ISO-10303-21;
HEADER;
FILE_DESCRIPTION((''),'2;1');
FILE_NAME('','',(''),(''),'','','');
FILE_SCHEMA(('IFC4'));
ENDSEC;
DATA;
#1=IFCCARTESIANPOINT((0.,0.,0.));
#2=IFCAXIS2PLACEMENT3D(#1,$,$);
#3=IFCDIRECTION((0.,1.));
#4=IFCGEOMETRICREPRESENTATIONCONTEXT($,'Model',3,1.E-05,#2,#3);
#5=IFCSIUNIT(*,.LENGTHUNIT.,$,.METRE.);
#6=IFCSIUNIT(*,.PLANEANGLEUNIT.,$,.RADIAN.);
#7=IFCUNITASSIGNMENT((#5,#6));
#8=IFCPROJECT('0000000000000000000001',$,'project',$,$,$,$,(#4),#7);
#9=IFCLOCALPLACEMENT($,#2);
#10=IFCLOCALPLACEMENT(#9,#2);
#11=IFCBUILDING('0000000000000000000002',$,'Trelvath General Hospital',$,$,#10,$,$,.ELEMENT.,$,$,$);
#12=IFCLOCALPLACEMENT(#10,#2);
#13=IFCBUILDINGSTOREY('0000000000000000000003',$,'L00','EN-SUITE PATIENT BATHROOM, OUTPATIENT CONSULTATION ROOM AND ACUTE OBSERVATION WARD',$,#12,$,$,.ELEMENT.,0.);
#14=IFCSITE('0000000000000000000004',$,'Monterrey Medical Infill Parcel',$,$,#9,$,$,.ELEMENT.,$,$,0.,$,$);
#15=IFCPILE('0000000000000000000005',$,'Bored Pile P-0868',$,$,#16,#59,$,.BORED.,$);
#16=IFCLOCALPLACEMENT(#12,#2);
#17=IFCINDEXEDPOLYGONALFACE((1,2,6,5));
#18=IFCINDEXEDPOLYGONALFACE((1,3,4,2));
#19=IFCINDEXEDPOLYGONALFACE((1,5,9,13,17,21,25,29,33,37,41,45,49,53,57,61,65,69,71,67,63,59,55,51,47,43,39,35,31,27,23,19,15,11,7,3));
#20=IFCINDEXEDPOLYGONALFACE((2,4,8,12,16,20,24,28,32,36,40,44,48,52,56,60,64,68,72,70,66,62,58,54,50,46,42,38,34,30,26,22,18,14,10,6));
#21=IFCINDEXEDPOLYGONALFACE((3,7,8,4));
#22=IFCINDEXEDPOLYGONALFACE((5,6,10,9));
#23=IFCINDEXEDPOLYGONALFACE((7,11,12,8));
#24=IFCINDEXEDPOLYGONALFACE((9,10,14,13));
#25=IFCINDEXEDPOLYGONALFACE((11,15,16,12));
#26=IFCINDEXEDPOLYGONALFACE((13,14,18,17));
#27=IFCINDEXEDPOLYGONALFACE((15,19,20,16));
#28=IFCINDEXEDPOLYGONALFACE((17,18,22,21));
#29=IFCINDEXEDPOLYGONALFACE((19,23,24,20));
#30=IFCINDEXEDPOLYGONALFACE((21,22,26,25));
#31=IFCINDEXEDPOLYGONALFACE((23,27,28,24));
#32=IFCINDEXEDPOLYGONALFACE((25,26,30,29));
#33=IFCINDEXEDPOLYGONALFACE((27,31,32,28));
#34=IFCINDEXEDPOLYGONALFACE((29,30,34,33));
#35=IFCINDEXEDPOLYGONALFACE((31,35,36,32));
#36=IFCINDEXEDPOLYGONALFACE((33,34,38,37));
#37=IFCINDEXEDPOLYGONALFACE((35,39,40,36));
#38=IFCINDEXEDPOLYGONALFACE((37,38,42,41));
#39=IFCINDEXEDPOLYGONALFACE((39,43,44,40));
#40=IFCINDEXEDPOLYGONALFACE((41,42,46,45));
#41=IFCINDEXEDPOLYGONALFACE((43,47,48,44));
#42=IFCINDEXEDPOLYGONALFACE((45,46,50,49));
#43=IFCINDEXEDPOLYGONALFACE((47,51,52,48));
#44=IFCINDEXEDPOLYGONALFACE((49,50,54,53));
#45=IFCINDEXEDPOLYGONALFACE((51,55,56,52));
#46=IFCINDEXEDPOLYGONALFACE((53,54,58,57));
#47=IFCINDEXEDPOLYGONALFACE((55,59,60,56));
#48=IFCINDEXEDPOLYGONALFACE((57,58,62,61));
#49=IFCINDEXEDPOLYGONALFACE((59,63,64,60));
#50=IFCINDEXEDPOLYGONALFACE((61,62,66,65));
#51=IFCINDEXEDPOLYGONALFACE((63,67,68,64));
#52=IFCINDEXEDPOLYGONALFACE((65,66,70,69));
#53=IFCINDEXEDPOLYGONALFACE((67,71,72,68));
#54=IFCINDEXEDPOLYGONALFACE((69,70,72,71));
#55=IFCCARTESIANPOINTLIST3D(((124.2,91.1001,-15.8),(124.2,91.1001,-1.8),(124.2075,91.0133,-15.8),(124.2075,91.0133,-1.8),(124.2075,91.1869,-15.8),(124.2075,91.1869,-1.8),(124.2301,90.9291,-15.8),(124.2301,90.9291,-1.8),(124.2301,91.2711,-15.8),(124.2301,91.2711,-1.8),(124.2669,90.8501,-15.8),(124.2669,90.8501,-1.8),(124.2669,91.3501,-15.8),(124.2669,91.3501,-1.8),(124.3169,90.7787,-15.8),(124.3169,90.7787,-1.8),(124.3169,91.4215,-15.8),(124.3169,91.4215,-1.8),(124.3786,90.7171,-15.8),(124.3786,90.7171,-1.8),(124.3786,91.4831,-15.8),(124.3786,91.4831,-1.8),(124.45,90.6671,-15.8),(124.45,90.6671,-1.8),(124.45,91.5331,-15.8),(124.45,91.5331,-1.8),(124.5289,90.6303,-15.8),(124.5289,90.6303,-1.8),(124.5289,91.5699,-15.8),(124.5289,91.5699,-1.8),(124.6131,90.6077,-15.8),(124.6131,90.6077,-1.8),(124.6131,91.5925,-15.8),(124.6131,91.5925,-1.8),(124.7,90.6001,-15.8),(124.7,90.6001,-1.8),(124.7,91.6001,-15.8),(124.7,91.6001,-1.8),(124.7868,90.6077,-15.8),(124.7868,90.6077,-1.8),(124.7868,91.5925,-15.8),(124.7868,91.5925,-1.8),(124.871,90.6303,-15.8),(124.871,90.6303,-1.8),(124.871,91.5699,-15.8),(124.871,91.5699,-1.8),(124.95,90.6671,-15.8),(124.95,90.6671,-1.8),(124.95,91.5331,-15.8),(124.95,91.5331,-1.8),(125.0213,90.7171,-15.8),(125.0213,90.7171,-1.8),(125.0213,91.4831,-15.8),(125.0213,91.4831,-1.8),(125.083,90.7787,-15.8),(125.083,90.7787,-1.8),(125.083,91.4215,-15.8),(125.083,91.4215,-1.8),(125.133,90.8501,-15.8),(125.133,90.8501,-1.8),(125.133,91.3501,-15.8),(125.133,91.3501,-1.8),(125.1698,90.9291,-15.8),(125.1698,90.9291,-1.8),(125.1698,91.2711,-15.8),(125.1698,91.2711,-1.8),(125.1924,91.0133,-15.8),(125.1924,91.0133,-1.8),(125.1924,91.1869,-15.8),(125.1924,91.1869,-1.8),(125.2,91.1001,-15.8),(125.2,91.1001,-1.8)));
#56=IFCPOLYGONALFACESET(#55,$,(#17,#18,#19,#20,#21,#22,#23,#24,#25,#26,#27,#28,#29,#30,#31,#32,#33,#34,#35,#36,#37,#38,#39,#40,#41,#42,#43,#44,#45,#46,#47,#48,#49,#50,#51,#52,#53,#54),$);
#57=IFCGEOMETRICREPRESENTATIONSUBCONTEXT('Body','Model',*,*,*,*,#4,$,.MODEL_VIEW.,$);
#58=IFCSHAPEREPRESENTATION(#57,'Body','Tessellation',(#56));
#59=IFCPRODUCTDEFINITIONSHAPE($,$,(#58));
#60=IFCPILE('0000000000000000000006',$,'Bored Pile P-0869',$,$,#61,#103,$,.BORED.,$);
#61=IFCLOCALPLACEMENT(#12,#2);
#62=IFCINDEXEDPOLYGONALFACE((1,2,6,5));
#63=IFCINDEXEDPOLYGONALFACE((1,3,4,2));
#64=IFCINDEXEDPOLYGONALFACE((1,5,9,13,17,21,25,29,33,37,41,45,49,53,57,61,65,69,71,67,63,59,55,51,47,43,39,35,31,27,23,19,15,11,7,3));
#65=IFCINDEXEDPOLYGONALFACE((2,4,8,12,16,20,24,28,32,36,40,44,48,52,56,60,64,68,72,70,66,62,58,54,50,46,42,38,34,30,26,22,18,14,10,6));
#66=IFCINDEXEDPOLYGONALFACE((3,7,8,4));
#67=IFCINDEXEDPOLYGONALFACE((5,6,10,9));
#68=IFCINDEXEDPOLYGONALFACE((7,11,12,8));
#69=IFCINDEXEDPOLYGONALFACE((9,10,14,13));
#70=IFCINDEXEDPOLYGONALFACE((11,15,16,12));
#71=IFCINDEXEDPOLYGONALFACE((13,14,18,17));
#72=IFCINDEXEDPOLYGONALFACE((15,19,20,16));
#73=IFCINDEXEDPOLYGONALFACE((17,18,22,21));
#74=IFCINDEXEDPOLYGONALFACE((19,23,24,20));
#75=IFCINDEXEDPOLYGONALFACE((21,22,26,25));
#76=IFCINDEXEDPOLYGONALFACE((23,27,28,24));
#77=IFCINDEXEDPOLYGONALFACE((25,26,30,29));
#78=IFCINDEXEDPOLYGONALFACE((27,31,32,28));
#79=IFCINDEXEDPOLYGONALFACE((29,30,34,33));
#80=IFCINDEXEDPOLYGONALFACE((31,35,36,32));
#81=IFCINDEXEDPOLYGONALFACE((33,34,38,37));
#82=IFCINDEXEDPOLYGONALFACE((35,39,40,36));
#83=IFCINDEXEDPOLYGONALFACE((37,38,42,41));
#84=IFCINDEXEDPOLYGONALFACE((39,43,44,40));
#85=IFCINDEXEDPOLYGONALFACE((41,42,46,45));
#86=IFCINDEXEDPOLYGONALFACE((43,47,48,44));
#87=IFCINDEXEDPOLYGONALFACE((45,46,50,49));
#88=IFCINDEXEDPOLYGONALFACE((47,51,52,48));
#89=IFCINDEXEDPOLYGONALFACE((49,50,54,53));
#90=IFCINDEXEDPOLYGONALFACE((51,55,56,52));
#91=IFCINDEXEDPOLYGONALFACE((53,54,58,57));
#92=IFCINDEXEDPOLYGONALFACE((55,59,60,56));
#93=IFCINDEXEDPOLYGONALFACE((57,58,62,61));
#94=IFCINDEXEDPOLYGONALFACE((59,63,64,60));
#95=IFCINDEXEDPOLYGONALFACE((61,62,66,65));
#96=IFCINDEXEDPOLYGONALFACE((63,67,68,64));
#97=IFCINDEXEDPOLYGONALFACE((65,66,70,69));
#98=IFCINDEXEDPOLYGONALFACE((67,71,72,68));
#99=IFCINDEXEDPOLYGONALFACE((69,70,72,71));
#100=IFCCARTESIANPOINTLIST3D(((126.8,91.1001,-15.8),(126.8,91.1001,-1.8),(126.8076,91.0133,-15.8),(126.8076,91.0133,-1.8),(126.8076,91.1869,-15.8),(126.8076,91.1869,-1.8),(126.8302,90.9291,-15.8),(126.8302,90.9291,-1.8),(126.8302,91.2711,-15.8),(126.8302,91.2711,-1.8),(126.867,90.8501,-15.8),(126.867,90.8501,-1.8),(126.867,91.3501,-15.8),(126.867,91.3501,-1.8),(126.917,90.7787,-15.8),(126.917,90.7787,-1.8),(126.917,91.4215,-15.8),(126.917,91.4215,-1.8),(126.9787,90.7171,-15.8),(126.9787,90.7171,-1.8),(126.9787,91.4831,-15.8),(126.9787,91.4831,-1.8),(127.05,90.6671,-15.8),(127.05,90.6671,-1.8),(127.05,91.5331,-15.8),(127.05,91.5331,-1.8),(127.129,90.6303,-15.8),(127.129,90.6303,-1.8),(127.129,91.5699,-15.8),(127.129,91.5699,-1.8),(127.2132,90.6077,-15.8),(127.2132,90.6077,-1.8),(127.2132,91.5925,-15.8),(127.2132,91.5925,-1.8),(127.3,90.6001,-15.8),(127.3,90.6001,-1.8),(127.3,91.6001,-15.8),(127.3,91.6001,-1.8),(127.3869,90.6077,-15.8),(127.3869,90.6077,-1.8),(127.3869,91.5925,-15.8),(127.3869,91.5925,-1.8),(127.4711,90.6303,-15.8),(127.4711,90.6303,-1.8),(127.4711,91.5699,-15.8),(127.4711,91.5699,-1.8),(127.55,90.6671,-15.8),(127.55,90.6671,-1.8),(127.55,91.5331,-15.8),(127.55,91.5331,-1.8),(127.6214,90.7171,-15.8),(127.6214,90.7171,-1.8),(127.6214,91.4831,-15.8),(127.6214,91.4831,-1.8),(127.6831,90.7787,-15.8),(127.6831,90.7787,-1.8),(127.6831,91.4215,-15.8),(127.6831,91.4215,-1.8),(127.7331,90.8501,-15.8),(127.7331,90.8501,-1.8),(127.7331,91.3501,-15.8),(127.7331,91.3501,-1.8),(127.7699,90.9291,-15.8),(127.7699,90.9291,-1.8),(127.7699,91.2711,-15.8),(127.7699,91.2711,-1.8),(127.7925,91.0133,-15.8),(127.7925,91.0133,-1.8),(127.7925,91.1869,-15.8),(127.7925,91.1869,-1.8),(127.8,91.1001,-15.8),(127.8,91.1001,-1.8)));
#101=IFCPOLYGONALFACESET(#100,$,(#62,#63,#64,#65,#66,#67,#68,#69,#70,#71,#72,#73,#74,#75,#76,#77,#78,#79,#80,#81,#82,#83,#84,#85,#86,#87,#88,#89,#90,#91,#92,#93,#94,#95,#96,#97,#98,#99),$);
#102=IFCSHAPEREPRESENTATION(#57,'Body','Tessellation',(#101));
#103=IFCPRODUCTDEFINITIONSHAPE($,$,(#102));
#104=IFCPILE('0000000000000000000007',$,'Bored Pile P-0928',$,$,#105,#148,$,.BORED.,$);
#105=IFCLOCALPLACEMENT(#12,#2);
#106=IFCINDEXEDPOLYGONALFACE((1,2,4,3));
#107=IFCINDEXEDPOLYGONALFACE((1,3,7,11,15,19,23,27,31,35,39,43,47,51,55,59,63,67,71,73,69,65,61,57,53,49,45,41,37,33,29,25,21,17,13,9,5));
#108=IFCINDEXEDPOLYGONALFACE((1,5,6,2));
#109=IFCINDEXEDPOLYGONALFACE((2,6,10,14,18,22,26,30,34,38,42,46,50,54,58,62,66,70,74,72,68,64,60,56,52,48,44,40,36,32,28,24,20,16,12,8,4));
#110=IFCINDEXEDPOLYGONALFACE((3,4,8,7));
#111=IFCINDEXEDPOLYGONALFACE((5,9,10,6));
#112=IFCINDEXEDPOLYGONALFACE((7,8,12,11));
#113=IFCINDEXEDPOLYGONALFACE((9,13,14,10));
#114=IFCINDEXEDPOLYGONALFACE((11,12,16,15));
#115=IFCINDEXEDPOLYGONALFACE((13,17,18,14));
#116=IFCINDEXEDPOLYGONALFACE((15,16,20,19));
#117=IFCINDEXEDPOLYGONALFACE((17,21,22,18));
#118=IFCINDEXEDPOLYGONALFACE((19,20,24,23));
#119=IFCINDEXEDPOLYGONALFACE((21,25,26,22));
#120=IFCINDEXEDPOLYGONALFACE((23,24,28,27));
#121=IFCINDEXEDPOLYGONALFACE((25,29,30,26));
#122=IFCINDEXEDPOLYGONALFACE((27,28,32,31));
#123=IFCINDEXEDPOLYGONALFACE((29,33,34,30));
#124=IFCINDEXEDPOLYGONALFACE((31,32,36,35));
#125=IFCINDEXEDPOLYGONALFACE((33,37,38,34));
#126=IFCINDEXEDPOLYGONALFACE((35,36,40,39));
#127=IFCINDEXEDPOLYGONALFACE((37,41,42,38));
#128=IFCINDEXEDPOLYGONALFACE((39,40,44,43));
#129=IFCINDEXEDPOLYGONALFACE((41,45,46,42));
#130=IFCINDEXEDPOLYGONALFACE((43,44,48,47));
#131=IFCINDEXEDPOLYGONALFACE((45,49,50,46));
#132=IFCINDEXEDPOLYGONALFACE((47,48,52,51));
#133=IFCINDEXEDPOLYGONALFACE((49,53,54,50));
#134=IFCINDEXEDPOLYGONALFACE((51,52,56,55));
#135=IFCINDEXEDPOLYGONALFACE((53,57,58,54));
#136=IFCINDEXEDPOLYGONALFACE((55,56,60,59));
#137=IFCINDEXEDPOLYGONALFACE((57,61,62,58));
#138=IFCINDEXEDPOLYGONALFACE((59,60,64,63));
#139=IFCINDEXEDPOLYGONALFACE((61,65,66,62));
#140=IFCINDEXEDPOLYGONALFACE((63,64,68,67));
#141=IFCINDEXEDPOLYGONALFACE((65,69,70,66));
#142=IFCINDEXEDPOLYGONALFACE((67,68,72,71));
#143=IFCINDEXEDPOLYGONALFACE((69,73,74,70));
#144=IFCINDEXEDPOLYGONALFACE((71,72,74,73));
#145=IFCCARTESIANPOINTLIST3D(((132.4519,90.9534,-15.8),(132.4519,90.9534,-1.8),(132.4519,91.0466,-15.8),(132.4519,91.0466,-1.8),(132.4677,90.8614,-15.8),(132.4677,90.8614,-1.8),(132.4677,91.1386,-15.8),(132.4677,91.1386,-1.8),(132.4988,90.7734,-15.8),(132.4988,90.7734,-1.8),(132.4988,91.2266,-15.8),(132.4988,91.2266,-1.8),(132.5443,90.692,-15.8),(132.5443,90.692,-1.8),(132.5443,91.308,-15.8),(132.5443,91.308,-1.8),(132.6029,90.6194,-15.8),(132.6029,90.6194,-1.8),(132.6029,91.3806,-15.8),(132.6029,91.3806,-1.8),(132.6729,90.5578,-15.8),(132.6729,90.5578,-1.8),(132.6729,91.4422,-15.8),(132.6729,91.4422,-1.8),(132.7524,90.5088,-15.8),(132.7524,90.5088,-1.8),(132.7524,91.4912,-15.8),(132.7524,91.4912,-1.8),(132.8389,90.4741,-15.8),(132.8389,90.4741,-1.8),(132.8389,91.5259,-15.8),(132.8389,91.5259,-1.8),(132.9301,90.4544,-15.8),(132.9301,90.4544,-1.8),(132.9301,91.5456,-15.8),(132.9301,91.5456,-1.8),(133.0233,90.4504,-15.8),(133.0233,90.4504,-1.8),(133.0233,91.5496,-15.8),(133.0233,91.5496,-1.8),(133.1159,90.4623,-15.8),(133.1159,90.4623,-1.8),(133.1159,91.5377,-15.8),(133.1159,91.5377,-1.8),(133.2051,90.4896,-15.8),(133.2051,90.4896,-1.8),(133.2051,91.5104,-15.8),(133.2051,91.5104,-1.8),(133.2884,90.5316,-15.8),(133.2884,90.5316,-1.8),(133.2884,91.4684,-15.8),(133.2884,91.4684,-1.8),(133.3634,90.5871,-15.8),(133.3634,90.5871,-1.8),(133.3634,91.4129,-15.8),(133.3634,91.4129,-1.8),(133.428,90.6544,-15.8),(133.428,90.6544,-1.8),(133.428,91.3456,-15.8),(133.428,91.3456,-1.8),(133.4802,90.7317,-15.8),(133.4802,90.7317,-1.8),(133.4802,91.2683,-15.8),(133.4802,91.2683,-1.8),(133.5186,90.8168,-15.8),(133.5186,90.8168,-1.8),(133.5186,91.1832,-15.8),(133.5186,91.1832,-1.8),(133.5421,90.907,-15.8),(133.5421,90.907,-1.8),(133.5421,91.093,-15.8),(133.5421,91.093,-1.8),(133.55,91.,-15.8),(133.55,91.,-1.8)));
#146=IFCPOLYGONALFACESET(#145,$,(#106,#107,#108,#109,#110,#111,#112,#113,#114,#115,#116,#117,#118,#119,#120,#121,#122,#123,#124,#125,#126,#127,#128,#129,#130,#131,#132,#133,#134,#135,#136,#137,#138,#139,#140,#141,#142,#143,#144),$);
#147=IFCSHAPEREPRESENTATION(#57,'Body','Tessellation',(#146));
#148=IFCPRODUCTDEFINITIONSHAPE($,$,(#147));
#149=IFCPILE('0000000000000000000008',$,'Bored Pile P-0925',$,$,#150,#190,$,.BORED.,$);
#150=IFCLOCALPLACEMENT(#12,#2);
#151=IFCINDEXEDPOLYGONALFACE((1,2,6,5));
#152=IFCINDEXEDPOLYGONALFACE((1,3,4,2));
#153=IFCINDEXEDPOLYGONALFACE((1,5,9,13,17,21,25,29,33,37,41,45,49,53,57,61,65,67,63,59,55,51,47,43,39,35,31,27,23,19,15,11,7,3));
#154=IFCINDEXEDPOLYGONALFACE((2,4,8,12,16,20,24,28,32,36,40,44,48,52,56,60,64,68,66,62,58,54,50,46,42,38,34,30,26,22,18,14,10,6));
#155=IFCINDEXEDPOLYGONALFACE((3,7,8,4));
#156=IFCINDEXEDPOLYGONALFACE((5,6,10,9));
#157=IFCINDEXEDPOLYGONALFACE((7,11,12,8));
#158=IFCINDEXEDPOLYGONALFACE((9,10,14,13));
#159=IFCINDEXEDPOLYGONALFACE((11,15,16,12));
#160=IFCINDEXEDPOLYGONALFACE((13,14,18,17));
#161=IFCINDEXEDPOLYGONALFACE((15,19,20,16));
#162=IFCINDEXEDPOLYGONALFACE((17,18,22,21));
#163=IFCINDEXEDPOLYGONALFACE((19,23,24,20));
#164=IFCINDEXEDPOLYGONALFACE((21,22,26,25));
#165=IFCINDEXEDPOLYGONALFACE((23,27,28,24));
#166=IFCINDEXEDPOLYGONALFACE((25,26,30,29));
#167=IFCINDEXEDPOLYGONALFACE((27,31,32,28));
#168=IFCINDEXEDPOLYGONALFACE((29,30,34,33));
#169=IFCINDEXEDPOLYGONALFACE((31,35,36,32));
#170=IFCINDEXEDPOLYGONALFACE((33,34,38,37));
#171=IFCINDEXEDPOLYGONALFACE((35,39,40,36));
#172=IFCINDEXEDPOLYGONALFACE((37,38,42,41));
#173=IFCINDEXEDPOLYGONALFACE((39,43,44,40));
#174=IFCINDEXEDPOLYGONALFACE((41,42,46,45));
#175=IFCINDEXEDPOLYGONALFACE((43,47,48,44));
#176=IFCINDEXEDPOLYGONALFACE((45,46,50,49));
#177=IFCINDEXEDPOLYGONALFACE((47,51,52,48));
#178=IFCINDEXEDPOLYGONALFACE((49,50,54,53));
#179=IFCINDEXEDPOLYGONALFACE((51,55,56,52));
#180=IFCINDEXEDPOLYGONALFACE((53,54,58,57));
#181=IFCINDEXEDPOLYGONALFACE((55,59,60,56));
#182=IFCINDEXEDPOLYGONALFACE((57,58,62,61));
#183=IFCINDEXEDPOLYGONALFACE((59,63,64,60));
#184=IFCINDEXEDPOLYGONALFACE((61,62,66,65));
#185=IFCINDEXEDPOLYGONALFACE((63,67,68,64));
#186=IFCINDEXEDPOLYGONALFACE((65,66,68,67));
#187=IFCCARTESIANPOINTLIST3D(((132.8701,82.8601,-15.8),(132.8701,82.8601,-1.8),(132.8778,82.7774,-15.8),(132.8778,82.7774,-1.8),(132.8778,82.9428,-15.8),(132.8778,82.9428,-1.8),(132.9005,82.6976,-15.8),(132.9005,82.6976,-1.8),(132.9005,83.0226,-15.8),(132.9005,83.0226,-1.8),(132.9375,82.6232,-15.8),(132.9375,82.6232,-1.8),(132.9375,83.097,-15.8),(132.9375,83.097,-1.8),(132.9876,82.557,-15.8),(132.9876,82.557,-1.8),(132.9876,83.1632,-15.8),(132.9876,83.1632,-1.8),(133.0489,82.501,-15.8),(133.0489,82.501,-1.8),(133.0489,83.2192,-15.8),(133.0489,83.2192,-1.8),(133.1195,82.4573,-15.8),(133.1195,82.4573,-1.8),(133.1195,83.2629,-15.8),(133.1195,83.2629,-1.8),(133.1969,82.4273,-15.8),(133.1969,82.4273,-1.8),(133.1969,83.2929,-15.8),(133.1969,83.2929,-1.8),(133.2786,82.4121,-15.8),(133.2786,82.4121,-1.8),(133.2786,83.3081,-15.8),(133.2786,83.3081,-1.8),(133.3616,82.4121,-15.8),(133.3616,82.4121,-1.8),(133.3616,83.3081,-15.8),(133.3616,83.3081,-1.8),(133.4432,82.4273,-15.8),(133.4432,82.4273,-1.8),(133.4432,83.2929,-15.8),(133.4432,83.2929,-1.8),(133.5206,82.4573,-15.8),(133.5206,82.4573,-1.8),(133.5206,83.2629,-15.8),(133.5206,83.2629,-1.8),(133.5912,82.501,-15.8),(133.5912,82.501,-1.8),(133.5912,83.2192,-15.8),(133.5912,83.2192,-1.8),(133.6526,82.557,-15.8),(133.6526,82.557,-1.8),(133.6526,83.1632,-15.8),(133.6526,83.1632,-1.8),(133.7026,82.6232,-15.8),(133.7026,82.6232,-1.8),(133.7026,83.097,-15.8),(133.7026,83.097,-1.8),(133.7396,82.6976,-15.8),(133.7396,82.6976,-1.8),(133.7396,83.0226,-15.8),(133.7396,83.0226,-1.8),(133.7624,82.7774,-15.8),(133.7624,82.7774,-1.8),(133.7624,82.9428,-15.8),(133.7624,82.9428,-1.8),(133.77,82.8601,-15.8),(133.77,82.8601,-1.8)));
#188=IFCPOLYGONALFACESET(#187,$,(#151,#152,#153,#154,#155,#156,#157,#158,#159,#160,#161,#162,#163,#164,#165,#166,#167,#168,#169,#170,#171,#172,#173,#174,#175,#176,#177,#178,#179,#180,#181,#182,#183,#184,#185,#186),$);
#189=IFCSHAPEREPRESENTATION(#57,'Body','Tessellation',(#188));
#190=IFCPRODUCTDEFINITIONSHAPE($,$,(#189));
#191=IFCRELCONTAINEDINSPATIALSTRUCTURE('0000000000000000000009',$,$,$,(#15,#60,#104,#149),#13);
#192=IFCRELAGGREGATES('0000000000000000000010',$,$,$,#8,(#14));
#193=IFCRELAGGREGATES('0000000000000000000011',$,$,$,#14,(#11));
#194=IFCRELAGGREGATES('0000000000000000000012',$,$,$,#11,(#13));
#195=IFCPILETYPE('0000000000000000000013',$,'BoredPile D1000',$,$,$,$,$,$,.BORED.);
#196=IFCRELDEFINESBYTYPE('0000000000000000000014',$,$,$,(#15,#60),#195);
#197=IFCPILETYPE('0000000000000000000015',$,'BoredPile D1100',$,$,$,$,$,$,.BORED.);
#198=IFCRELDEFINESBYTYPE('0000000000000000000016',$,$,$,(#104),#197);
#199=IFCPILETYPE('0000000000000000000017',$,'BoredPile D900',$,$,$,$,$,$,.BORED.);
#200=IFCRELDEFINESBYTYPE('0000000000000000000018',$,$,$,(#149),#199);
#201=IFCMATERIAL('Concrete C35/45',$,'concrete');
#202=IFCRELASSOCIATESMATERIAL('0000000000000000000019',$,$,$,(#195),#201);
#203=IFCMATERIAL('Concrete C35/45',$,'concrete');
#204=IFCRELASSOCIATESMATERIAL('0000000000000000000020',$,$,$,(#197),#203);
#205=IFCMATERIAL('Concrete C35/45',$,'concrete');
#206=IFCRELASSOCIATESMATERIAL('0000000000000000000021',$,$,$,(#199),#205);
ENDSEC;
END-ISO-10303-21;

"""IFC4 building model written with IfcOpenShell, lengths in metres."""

from ifc_helpers import new_model, si_unit, direction, frame, origin, origin_2d, place, context, subcontext, project, spatial, circle, extrude, material, material_profile, profile_set, type_object, element, save


model = new_model("IFC4")

# Units and contexts
model_context = context("Model", 3, precision=1e-05, world=origin(), true_north=direction((0.0, 1.0)))
body_context = subcontext(model_context, "Body", "Model", "MODEL_VIEW")
ifc_project = project(units=[si_unit("LENGTHUNIT", "METRE"), si_unit("PLANEANGLEUNIT", "RADIAN")], contexts=[model_context])

# Site, building, storey
site_placement = place(None, origin())
site = spatial("IfcSite", under=ifc_project, at=site_placement, Name="Monterrey Medical Infill Parcel", CompositionType="ELEMENT", RefElevation=0.0)
building_placement = place(site_placement, origin())
building = spatial("IfcBuilding", under=site, at=building_placement, Name="Trelvath General Hospital", CompositionType="ELEMENT")
storey_placement = place(building_placement, origin())
storey = spatial("IfcBuildingStorey", under=building, at=storey_placement, Name="L00", Description="EN-SUITE PATIENT BATHROOM, OUTPATIENT CONSULTATION ROOM AND ACUTE OBSERVATION WARD", CompositionType="ELEMENT", Elevation=0.0)

# Piles
ifc_material_1 = material(Name="Concrete C35/45", Category="concrete")
ifc_material_profile_1 = material_profile(ifc_material_1, circle(Radius=0.5, at=origin_2d()), Name="PILE1000")
ifc_profile_set_1 = profile_set([ifc_material_profile_1], Name="Concrete C35/45")
pile_type_1 = type_object("IfcPileType", Name="BoredPile D1000", PredefinedType="BORED", material=ifc_profile_set_1)
for number, where, z_axis, x_axis, name in (
    (1, (124.7, 91.1001, -1.8), (0.0, 0.0, -1.0), (1.0, 0.0, 0.0), "Bored Pile P-0868"),
    (2, (127.3, 91.1001, -1.8), (0.0, 0.0, -1.0), (1.0, 0.0, 0.0), "Bored Pile P-0869"),
):
    element("IfcPile", number, at=place(storey_placement, frame(where, z_axis=z_axis, x_axis=x_axis)), inside=storey, type_object=pile_type_1, Name=name, PredefinedType="BORED", context=body_context, shape_type="SweptSolid", body=[
        extrude(circle(Radius=0.5, at=origin_2d()), origin(), (0.0, 0.0, 1.0), 14.0),
    ])
ifc_material_2 = material(Name="Concrete C35/45", Category="concrete")
ifc_material_profile_2 = material_profile(ifc_material_2, circle(Radius=0.55, at=origin_2d()), Name="PILE1100")
ifc_profile_set_2 = profile_set([ifc_material_profile_2], Name="Concrete C35/45")
pile_type_2 = type_object("IfcPileType", Name="BoredPile D1100", PredefinedType="BORED", material=ifc_profile_set_2)
pile_placement = place(storey_placement, frame((133.0, 91.0, -1.8), z_axis=(0.0, 0.0, -1.0), x_axis=(1.0, 0.0, 0.0)))
element("IfcPile", 3, at=pile_placement, inside=storey, type_object=pile_type_2, Name="Bored Pile P-0928", PredefinedType="BORED", context=body_context, shape_type="SweptSolid", body=[
    extrude(circle(Radius=0.55, at=origin_2d()), origin(), (0.0, 0.0, 1.0), 14.0),
])
ifc_material_3 = material(Name="Concrete C35/45", Category="concrete")
ifc_material_profile_3 = material_profile(ifc_material_3, circle(Radius=0.45, at=origin_2d()), Name="PILE900")
ifc_profile_set_3 = profile_set([ifc_material_profile_3], Name="Concrete C35/45")
pile_type_3 = type_object("IfcPileType", Name="BoredPile D900", PredefinedType="BORED", material=ifc_profile_set_3)
for number, where, z_axis, x_axis, name in (
    (4, (133.3201, 82.8601, -1.8), (0.0, 0.0, -1.0), (1.0, 0.0, 0.0), "Bored Pile P-0925"),
):
    element("IfcPile", number, at=place(storey_placement, frame(where, z_axis=z_axis, x_axis=x_axis)), inside=storey, type_object=pile_type_3, Name=name, PredefinedType="BORED", context=body_context, shape_type="SweptSolid", body=[
        extrude(circle(Radius=0.45, at=origin_2d()), origin(), (0.0, 0.0, 1.0), 14.0),
    ])

save(model, "model.ifc")
